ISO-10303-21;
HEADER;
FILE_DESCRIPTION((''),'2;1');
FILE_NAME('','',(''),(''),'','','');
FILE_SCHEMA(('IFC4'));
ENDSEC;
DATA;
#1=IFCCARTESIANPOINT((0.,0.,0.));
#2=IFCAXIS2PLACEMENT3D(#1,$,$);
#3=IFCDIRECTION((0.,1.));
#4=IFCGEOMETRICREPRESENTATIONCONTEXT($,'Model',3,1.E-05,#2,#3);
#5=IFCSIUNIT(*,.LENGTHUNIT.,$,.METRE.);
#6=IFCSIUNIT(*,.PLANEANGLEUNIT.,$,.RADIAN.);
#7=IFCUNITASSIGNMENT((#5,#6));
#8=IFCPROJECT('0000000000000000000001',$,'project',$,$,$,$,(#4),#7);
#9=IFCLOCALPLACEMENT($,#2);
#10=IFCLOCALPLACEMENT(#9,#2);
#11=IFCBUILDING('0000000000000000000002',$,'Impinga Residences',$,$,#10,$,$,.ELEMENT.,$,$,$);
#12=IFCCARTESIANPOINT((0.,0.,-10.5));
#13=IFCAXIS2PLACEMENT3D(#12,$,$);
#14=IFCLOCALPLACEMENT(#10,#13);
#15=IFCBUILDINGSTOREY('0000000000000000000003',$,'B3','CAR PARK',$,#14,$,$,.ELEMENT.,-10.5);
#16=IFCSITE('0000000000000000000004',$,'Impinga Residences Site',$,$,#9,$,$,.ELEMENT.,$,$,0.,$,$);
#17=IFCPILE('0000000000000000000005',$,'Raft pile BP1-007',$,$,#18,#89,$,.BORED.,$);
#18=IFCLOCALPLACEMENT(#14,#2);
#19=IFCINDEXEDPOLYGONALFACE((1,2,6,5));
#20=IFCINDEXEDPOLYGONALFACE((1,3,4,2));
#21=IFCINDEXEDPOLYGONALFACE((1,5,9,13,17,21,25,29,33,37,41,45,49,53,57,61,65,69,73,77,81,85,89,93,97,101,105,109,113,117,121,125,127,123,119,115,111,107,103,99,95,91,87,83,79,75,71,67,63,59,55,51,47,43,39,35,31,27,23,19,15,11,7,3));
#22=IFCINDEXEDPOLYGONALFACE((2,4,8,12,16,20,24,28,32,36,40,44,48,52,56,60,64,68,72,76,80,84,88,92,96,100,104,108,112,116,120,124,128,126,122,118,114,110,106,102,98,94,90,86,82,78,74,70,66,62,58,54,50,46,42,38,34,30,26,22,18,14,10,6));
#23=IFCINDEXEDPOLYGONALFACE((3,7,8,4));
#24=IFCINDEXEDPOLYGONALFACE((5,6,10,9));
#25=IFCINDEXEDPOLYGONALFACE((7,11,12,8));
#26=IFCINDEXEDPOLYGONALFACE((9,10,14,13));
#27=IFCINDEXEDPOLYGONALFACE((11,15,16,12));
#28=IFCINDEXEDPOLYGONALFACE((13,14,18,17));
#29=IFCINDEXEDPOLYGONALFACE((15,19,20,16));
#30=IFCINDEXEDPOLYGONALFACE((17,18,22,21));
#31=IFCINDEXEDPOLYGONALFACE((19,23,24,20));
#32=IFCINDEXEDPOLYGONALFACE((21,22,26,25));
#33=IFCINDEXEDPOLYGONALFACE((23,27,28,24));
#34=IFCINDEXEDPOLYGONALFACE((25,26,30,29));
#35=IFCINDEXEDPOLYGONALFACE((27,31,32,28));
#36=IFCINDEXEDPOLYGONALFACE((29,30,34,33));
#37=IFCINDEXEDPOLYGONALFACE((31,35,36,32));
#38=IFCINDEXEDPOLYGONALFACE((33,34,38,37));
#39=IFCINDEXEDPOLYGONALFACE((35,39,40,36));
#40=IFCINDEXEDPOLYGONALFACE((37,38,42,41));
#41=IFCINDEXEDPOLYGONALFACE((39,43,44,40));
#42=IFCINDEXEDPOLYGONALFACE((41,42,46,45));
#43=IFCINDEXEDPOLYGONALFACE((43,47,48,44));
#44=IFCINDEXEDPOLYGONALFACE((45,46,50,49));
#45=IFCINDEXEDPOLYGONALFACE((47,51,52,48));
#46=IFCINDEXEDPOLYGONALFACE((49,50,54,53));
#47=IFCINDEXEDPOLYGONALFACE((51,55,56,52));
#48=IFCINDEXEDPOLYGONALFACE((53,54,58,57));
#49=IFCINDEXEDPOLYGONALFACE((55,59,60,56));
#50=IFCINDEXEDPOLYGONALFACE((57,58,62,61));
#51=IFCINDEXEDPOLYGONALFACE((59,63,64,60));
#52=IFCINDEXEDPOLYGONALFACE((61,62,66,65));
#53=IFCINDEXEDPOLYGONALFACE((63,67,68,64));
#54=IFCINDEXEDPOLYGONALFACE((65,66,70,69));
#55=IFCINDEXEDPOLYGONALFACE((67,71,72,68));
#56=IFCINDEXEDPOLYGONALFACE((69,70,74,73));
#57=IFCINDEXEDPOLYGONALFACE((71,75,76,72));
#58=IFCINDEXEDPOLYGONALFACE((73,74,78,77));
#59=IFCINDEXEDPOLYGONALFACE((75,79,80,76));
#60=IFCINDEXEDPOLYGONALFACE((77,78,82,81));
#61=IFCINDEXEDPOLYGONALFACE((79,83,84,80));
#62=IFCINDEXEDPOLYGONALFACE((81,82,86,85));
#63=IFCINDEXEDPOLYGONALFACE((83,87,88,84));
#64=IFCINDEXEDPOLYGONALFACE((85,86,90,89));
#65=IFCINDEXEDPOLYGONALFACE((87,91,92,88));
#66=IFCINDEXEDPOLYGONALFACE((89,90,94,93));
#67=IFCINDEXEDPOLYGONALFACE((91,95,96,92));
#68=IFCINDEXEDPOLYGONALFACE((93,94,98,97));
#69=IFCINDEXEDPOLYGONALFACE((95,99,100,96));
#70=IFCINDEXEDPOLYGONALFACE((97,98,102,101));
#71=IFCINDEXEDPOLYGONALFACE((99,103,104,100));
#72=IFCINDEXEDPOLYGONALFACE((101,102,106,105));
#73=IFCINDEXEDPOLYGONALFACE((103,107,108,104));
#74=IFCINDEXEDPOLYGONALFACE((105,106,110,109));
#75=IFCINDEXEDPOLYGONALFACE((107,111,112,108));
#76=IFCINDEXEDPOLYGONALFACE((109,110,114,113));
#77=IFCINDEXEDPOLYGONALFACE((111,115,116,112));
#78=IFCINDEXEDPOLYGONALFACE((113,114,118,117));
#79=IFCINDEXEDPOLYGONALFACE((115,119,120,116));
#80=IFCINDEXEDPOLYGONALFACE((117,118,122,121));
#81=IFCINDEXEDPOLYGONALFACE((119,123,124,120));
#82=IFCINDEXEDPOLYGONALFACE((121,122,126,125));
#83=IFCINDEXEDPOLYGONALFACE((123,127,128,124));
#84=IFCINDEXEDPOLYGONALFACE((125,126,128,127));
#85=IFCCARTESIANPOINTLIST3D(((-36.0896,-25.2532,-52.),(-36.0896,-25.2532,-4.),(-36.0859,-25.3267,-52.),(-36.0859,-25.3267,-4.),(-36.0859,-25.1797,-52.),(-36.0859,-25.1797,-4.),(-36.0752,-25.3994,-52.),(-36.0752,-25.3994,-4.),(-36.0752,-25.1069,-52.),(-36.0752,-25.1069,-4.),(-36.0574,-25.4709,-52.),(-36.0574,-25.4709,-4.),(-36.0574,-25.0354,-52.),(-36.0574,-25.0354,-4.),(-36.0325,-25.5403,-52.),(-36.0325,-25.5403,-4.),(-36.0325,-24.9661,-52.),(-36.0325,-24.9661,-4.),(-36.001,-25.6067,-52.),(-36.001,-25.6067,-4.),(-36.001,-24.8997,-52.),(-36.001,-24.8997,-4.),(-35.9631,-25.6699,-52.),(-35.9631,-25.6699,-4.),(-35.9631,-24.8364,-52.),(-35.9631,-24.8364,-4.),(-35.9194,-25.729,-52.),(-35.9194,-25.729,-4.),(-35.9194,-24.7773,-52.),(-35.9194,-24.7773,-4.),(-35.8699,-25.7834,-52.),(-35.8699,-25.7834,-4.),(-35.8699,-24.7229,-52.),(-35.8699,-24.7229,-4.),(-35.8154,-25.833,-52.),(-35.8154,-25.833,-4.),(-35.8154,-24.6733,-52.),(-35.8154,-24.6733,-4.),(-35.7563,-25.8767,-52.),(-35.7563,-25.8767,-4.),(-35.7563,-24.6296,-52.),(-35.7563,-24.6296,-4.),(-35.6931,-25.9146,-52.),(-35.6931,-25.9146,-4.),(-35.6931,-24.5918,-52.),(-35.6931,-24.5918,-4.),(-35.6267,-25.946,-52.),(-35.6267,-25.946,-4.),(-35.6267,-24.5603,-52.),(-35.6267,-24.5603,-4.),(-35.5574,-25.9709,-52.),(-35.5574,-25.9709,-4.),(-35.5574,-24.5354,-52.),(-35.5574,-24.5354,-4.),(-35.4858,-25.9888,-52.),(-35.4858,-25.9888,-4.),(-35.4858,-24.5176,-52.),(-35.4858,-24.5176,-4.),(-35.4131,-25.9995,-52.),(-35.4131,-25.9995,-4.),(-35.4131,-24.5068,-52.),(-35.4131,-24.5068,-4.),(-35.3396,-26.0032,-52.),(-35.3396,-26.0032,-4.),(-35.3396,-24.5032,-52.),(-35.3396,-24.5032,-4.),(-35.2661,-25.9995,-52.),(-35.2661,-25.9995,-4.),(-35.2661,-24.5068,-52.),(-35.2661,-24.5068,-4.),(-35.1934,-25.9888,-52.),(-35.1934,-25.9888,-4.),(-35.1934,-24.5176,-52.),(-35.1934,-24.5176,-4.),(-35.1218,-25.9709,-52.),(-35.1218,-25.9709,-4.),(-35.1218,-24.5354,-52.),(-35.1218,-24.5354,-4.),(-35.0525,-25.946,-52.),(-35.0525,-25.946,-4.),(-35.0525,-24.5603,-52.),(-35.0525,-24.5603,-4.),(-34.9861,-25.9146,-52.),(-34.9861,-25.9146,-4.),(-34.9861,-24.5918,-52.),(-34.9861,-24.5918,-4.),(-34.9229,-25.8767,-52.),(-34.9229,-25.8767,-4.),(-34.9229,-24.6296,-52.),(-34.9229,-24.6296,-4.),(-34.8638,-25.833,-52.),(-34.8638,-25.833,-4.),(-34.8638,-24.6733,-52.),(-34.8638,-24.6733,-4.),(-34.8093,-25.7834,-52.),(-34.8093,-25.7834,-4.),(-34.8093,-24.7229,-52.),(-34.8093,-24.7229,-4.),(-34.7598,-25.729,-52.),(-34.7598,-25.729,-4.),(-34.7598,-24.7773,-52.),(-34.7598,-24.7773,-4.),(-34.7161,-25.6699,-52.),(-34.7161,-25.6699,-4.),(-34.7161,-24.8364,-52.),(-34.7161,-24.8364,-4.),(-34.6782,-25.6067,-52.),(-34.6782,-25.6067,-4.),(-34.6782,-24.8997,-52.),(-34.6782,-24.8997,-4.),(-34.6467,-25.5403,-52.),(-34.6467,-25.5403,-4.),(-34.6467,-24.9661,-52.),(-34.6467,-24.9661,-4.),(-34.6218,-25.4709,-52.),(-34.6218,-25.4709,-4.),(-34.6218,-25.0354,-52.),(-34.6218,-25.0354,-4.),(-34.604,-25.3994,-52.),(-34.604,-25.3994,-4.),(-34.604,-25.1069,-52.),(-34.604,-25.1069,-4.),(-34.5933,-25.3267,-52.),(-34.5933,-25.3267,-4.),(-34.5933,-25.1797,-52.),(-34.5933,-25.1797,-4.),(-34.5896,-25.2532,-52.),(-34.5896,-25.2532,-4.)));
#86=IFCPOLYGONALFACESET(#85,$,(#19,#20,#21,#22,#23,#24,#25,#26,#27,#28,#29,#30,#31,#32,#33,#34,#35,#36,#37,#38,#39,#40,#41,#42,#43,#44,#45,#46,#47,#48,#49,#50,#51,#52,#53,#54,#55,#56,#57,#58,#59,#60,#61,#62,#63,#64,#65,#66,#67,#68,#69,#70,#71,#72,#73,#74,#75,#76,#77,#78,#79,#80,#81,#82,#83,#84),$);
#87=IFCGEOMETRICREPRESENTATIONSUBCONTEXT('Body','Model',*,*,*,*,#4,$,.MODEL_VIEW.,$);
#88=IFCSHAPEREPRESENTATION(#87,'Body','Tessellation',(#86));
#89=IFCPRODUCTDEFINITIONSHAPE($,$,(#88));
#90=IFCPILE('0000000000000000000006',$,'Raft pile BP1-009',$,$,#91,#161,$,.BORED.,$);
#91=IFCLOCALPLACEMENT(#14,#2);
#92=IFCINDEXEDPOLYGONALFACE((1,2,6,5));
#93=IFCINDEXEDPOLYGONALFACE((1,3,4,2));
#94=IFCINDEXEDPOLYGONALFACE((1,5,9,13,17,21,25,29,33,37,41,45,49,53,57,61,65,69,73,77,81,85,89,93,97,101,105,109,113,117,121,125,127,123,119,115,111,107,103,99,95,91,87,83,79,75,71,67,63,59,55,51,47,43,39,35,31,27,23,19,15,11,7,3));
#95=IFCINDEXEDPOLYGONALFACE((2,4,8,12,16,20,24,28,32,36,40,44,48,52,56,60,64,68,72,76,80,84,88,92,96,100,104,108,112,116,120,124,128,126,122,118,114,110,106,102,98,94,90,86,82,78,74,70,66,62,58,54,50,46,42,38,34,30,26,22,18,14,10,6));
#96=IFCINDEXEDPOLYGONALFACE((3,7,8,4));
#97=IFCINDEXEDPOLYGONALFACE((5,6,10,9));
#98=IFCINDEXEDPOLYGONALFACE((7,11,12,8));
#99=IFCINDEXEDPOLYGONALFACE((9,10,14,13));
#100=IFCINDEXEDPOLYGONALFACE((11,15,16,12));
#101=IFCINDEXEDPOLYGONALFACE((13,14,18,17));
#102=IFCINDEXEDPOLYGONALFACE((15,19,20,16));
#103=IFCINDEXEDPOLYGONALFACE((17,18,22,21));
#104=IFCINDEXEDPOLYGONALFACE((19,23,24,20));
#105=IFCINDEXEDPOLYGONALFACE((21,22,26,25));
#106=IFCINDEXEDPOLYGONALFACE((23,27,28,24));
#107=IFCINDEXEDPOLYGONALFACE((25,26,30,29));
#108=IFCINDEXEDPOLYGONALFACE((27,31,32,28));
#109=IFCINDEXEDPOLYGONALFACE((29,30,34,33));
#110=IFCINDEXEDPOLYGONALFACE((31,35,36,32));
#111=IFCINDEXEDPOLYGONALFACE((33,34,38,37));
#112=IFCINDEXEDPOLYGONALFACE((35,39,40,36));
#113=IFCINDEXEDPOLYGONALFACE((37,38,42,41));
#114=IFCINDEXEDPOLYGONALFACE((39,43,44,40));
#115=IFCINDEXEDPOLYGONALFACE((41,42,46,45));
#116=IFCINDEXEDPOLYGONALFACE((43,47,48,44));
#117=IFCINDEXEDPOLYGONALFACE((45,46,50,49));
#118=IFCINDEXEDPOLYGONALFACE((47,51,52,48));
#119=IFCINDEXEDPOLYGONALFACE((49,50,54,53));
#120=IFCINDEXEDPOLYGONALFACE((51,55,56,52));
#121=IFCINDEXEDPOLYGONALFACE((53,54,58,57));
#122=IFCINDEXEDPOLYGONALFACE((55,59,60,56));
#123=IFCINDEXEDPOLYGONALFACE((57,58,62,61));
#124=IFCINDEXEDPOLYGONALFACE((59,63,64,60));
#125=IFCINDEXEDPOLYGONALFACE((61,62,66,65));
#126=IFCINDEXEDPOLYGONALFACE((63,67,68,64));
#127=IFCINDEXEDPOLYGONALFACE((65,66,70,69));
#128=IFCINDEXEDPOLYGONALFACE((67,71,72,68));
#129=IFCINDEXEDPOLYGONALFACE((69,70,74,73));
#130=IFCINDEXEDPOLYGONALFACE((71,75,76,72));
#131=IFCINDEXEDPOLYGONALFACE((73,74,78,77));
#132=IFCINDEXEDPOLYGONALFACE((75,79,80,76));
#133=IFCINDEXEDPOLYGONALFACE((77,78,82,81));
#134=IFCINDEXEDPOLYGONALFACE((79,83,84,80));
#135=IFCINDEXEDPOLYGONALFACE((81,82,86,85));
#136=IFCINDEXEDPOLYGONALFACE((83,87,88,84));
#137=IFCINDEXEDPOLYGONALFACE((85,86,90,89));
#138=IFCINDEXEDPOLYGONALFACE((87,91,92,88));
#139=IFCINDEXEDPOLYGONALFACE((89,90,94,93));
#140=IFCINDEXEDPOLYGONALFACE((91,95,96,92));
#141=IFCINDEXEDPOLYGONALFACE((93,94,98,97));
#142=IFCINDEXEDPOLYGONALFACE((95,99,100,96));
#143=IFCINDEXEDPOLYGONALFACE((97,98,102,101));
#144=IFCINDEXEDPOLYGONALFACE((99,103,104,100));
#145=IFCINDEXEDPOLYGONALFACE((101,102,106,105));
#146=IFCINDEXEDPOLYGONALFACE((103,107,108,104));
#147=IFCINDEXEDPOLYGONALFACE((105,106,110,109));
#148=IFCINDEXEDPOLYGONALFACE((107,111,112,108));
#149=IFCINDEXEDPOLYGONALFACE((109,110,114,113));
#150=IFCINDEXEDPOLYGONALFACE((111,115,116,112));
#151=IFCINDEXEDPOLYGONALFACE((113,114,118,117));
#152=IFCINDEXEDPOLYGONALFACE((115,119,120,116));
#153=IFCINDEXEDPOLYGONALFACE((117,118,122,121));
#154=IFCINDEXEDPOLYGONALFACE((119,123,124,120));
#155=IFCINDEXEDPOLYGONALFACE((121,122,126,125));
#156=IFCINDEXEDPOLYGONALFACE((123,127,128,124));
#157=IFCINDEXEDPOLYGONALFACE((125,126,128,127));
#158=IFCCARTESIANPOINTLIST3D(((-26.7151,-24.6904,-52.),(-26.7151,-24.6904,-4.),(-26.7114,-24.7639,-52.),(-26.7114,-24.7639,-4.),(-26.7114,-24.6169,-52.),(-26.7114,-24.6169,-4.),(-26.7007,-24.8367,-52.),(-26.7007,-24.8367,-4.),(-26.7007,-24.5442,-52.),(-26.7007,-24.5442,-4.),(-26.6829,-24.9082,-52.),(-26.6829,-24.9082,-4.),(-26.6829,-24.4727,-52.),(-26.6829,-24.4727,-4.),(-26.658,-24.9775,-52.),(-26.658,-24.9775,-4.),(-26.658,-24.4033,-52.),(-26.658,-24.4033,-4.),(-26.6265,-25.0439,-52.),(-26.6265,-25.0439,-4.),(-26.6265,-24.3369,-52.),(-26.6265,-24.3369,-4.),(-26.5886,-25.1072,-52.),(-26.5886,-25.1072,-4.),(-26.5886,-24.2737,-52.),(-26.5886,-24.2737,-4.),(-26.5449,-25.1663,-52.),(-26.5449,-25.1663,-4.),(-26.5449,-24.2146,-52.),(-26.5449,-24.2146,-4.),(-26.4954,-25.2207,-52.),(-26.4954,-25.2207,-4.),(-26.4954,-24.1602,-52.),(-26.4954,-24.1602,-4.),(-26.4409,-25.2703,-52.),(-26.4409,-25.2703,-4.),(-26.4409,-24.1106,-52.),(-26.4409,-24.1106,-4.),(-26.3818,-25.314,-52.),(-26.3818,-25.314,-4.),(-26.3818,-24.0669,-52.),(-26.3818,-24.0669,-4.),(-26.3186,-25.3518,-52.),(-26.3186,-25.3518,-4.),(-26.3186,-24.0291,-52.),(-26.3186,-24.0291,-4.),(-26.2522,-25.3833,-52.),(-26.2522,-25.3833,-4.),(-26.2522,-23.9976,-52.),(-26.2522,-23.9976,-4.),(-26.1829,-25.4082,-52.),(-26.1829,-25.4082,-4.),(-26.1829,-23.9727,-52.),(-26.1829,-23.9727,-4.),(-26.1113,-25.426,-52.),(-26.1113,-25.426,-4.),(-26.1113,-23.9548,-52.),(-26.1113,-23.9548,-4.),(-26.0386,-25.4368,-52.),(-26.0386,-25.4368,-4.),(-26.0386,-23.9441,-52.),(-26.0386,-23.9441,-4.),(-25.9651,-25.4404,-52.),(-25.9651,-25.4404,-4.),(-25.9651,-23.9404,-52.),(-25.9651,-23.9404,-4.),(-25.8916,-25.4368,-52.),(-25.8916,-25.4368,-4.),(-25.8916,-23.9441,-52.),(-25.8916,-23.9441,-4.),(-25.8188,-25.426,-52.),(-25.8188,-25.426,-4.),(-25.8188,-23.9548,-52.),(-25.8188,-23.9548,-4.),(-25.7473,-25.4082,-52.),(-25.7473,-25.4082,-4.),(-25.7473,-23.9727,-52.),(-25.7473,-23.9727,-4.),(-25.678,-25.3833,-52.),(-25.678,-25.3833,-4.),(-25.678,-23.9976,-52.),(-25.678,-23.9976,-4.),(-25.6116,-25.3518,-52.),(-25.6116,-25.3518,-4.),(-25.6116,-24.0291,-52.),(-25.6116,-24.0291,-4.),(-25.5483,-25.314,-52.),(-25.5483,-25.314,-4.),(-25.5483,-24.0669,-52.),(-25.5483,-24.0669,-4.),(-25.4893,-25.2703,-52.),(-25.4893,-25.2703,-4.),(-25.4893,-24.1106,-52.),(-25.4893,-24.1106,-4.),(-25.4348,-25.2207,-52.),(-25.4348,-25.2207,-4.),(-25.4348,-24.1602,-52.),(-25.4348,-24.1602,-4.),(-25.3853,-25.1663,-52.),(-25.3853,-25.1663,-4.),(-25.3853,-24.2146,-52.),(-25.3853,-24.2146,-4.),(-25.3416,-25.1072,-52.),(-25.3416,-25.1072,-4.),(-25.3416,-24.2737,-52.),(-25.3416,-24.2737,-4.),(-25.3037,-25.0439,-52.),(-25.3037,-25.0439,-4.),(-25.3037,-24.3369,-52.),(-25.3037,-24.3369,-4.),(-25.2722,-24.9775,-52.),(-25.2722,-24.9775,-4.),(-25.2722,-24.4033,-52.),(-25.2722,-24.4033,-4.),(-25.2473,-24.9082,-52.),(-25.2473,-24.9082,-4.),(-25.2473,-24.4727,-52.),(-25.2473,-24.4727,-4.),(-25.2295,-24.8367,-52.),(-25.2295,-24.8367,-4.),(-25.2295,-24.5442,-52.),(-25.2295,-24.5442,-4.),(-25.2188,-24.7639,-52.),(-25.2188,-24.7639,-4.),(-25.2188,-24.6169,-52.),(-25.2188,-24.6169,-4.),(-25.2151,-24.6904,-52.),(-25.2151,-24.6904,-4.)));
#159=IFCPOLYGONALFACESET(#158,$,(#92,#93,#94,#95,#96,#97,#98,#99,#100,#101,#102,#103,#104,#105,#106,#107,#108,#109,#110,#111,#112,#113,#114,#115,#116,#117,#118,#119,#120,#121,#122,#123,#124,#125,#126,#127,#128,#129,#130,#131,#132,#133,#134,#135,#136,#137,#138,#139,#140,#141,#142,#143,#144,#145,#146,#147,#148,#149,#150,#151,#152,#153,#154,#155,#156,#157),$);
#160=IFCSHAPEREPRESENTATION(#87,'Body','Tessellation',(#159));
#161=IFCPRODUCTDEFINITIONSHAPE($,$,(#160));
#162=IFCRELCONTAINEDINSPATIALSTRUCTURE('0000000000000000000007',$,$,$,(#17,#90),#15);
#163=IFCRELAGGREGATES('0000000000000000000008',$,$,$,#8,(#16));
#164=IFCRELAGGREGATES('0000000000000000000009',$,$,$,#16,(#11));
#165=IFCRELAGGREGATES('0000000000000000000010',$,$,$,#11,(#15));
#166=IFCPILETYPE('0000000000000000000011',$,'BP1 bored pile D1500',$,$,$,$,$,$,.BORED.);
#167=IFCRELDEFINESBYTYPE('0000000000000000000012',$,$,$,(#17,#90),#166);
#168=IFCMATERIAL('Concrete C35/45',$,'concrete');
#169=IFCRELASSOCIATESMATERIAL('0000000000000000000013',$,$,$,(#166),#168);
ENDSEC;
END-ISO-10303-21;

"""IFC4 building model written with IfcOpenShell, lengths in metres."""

from ifc_helpers import new_model, si_unit, direction, frame, origin, origin_2d, place, context, subcontext, project, spatial, polyline, circle, outline, extrude, material, material_profile, profile_set, type_object, element, save


model = new_model("IFC4")

# Units and contexts
model_context = context("Model", 3, precision=1e-05, world=origin(), true_north=direction((0.0, 1.0)))
body_context = subcontext(model_context, "Body", "Model", "MODEL_VIEW")
ifc_project = project(units=[si_unit("LENGTHUNIT", "METRE"), si_unit("PLANEANGLEUNIT", "RADIAN")], contexts=[model_context])

# Site, building, storey
site_placement = place(None, origin())
site = spatial("IfcSite", under=ifc_project, at=site_placement, Name="Impinga Residences Site", CompositionType="ELEMENT", RefElevation=0.0)
building_placement = place(site_placement, origin())
building = spatial("IfcBuilding", under=site, at=building_placement, Name="Impinga Residences", CompositionType="ELEMENT")
storey_placement = place(building_placement, frame((0.0, 0.0, -10.5)))
storey = spatial("IfcBuildingStorey", under=building, at=storey_placement, Name="B3", Description="CAR PARK", CompositionType="ELEMENT", Elevation=-10.5)

# Piles
ifc_material_1 = material(Name="Concrete C35/45", Category="concrete")
ifc_material_profile_1 = material_profile(ifc_material_1, circle(Radius=0.75, at=origin_2d()), Name="D1500")
ifc_profile_set_1 = profile_set([ifc_material_profile_1], Name="Concrete C35/45")
pile_type_1 = type_object("IfcPileType", Name="BP1 bored pile D1500", PredefinedType="BORED", material=ifc_profile_set_1)
pile_1_placement = place(storey_placement, frame((-35.3396, -25.2532, -4.0), z_axis=(0.0, 0.0, -1.0), x_axis=(1.0, 0.0, 0.0)))
element("IfcPile", 1, at=pile_1_placement, inside=storey, type_object=pile_type_1, Name="Raft pile BP1-007", PredefinedType="BORED", context=body_context, shape_type="SweptSolid", body=[
    extrude(outline(polyline([(0.75, 0.0), (0.7463, 0.0735), (0.7356, 0.1462), (0.7178, 0.2178), (0.6929, 0.2871), (0.6614, 0.3535), (0.6235, 0.4167), (0.5798, 0.4758), (0.5303, 0.5303), (0.4758, 0.5798), (0.4167, 0.6235), (0.3535, 0.6614), (0.2871, 0.6929), (0.2178, 0.7178), (0.1462, 0.7356), (0.0735, 0.7463), (0.0, 0.75), (-0.0735, 0.7463), (-0.1462, 0.7356), (-0.2178, 0.7178), (-0.2871, 0.6929), (-0.3535, 0.6614), (-0.4167, 0.6235), (-0.4758, 0.5798), (-0.5303, 0.5303), (-0.5798, 0.4758), (-0.6235, 0.4167), (-0.6614, 0.3535), (-0.6929, 0.2871), (-0.7178, 0.2178), (-0.7356, 0.1462), (-0.7463, 0.0735), (-0.75, 0.0), (-0.7463, -0.0735), (-0.7356, -0.1462), (-0.7178, -0.2178), (-0.6929, -0.2871), (-0.6614, -0.3535), (-0.6235, -0.4167), (-0.5798, -0.4758), (-0.5303, -0.5303), (-0.4758, -0.5798), (-0.4167, -0.6235), (-0.3535, -0.6614), (-0.2871, -0.6929), (-0.2178, -0.7178), (-0.1462, -0.7356), (-0.0735, -0.7463), (0.0, -0.75), (0.0735, -0.7463), (0.1462, -0.7356), (0.2178, -0.7178), (0.2871, -0.6929), (0.3535, -0.6614), (0.4167, -0.6235), (0.4758, -0.5798), (0.5303, -0.5303), (0.5798, -0.4758), (0.6235, -0.4167), (0.6614, -0.3535), (0.6929, -0.2871), (0.7178, -0.2178), (0.7356, -0.1462), (0.7463, -0.0735), (0.75, 0.0)])), origin(), (0.0, 0.0, 1.0), 48.0),
])
pile_2_placement = place(storey_placement, frame((-25.9651, -24.6904, -4.0), z_axis=(0.0, 0.0, -1.0), x_axis=(1.0, 0.0, 0.0)))
element("IfcPile", 2, at=pile_2_placement, inside=storey, type_object=pile_type_1, Name="Raft pile BP1-009", PredefinedType="BORED", context=body_context, shape_type="SweptSolid", body=[
    extrude(outline(polyline([(0.75, 0.0), (0.7463, 0.0735), (0.7356, 0.1462), (0.7178, 0.2178), (0.6929, 0.2871), (0.6614, 0.3535), (0.6235, 0.4167), (0.5798, 0.4758), (0.5303, 0.5303), (0.4758, 0.5798), (0.4167, 0.6235), (0.3535, 0.6614), (0.2871, 0.6929), (0.2178, 0.7178), (0.1462, 0.7356), (0.0735, 0.7463), (0.0, 0.75), (-0.0735, 0.7463), (-0.1462, 0.7356), (-0.2178, 0.7178), (-0.2871, 0.6929), (-0.3535, 0.6614), (-0.4167, 0.6235), (-0.4758, 0.5798), (-0.5303, 0.5303), (-0.5798, 0.4758), (-0.6235, 0.4167), (-0.6614, 0.3535), (-0.6929, 0.2871), (-0.7178, 0.2178), (-0.7356, 0.1462), (-0.7463, 0.0735), (-0.75, 0.0), (-0.7463, -0.0735), (-0.7356, -0.1462), (-0.7178, -0.2178), (-0.6929, -0.2871), (-0.6614, -0.3535), (-0.6235, -0.4167), (-0.5798, -0.4758), (-0.5303, -0.5303), (-0.4758, -0.5798), (-0.4167, -0.6235), (-0.3535, -0.6614), (-0.2871, -0.6929), (-0.2178, -0.7178), (-0.1462, -0.7356), (-0.0735, -0.7463), (0.0, -0.75), (0.0735, -0.7463), (0.1462, -0.7356), (0.2178, -0.7178), (0.2871, -0.6929), (0.3535, -0.6614), (0.4167, -0.6235), (0.4758, -0.5798), (0.5303, -0.5303), (0.5798, -0.4758), (0.6235, -0.4167), (0.6614, -0.3535), (0.6929, -0.2871), (0.7178, -0.2178), (0.7356, -0.1462), (0.7463, -0.0735), (0.75, 0.0)])), origin(), (0.0, 0.0, 1.0), 48.0),
])

save(model, "model.ifc")
